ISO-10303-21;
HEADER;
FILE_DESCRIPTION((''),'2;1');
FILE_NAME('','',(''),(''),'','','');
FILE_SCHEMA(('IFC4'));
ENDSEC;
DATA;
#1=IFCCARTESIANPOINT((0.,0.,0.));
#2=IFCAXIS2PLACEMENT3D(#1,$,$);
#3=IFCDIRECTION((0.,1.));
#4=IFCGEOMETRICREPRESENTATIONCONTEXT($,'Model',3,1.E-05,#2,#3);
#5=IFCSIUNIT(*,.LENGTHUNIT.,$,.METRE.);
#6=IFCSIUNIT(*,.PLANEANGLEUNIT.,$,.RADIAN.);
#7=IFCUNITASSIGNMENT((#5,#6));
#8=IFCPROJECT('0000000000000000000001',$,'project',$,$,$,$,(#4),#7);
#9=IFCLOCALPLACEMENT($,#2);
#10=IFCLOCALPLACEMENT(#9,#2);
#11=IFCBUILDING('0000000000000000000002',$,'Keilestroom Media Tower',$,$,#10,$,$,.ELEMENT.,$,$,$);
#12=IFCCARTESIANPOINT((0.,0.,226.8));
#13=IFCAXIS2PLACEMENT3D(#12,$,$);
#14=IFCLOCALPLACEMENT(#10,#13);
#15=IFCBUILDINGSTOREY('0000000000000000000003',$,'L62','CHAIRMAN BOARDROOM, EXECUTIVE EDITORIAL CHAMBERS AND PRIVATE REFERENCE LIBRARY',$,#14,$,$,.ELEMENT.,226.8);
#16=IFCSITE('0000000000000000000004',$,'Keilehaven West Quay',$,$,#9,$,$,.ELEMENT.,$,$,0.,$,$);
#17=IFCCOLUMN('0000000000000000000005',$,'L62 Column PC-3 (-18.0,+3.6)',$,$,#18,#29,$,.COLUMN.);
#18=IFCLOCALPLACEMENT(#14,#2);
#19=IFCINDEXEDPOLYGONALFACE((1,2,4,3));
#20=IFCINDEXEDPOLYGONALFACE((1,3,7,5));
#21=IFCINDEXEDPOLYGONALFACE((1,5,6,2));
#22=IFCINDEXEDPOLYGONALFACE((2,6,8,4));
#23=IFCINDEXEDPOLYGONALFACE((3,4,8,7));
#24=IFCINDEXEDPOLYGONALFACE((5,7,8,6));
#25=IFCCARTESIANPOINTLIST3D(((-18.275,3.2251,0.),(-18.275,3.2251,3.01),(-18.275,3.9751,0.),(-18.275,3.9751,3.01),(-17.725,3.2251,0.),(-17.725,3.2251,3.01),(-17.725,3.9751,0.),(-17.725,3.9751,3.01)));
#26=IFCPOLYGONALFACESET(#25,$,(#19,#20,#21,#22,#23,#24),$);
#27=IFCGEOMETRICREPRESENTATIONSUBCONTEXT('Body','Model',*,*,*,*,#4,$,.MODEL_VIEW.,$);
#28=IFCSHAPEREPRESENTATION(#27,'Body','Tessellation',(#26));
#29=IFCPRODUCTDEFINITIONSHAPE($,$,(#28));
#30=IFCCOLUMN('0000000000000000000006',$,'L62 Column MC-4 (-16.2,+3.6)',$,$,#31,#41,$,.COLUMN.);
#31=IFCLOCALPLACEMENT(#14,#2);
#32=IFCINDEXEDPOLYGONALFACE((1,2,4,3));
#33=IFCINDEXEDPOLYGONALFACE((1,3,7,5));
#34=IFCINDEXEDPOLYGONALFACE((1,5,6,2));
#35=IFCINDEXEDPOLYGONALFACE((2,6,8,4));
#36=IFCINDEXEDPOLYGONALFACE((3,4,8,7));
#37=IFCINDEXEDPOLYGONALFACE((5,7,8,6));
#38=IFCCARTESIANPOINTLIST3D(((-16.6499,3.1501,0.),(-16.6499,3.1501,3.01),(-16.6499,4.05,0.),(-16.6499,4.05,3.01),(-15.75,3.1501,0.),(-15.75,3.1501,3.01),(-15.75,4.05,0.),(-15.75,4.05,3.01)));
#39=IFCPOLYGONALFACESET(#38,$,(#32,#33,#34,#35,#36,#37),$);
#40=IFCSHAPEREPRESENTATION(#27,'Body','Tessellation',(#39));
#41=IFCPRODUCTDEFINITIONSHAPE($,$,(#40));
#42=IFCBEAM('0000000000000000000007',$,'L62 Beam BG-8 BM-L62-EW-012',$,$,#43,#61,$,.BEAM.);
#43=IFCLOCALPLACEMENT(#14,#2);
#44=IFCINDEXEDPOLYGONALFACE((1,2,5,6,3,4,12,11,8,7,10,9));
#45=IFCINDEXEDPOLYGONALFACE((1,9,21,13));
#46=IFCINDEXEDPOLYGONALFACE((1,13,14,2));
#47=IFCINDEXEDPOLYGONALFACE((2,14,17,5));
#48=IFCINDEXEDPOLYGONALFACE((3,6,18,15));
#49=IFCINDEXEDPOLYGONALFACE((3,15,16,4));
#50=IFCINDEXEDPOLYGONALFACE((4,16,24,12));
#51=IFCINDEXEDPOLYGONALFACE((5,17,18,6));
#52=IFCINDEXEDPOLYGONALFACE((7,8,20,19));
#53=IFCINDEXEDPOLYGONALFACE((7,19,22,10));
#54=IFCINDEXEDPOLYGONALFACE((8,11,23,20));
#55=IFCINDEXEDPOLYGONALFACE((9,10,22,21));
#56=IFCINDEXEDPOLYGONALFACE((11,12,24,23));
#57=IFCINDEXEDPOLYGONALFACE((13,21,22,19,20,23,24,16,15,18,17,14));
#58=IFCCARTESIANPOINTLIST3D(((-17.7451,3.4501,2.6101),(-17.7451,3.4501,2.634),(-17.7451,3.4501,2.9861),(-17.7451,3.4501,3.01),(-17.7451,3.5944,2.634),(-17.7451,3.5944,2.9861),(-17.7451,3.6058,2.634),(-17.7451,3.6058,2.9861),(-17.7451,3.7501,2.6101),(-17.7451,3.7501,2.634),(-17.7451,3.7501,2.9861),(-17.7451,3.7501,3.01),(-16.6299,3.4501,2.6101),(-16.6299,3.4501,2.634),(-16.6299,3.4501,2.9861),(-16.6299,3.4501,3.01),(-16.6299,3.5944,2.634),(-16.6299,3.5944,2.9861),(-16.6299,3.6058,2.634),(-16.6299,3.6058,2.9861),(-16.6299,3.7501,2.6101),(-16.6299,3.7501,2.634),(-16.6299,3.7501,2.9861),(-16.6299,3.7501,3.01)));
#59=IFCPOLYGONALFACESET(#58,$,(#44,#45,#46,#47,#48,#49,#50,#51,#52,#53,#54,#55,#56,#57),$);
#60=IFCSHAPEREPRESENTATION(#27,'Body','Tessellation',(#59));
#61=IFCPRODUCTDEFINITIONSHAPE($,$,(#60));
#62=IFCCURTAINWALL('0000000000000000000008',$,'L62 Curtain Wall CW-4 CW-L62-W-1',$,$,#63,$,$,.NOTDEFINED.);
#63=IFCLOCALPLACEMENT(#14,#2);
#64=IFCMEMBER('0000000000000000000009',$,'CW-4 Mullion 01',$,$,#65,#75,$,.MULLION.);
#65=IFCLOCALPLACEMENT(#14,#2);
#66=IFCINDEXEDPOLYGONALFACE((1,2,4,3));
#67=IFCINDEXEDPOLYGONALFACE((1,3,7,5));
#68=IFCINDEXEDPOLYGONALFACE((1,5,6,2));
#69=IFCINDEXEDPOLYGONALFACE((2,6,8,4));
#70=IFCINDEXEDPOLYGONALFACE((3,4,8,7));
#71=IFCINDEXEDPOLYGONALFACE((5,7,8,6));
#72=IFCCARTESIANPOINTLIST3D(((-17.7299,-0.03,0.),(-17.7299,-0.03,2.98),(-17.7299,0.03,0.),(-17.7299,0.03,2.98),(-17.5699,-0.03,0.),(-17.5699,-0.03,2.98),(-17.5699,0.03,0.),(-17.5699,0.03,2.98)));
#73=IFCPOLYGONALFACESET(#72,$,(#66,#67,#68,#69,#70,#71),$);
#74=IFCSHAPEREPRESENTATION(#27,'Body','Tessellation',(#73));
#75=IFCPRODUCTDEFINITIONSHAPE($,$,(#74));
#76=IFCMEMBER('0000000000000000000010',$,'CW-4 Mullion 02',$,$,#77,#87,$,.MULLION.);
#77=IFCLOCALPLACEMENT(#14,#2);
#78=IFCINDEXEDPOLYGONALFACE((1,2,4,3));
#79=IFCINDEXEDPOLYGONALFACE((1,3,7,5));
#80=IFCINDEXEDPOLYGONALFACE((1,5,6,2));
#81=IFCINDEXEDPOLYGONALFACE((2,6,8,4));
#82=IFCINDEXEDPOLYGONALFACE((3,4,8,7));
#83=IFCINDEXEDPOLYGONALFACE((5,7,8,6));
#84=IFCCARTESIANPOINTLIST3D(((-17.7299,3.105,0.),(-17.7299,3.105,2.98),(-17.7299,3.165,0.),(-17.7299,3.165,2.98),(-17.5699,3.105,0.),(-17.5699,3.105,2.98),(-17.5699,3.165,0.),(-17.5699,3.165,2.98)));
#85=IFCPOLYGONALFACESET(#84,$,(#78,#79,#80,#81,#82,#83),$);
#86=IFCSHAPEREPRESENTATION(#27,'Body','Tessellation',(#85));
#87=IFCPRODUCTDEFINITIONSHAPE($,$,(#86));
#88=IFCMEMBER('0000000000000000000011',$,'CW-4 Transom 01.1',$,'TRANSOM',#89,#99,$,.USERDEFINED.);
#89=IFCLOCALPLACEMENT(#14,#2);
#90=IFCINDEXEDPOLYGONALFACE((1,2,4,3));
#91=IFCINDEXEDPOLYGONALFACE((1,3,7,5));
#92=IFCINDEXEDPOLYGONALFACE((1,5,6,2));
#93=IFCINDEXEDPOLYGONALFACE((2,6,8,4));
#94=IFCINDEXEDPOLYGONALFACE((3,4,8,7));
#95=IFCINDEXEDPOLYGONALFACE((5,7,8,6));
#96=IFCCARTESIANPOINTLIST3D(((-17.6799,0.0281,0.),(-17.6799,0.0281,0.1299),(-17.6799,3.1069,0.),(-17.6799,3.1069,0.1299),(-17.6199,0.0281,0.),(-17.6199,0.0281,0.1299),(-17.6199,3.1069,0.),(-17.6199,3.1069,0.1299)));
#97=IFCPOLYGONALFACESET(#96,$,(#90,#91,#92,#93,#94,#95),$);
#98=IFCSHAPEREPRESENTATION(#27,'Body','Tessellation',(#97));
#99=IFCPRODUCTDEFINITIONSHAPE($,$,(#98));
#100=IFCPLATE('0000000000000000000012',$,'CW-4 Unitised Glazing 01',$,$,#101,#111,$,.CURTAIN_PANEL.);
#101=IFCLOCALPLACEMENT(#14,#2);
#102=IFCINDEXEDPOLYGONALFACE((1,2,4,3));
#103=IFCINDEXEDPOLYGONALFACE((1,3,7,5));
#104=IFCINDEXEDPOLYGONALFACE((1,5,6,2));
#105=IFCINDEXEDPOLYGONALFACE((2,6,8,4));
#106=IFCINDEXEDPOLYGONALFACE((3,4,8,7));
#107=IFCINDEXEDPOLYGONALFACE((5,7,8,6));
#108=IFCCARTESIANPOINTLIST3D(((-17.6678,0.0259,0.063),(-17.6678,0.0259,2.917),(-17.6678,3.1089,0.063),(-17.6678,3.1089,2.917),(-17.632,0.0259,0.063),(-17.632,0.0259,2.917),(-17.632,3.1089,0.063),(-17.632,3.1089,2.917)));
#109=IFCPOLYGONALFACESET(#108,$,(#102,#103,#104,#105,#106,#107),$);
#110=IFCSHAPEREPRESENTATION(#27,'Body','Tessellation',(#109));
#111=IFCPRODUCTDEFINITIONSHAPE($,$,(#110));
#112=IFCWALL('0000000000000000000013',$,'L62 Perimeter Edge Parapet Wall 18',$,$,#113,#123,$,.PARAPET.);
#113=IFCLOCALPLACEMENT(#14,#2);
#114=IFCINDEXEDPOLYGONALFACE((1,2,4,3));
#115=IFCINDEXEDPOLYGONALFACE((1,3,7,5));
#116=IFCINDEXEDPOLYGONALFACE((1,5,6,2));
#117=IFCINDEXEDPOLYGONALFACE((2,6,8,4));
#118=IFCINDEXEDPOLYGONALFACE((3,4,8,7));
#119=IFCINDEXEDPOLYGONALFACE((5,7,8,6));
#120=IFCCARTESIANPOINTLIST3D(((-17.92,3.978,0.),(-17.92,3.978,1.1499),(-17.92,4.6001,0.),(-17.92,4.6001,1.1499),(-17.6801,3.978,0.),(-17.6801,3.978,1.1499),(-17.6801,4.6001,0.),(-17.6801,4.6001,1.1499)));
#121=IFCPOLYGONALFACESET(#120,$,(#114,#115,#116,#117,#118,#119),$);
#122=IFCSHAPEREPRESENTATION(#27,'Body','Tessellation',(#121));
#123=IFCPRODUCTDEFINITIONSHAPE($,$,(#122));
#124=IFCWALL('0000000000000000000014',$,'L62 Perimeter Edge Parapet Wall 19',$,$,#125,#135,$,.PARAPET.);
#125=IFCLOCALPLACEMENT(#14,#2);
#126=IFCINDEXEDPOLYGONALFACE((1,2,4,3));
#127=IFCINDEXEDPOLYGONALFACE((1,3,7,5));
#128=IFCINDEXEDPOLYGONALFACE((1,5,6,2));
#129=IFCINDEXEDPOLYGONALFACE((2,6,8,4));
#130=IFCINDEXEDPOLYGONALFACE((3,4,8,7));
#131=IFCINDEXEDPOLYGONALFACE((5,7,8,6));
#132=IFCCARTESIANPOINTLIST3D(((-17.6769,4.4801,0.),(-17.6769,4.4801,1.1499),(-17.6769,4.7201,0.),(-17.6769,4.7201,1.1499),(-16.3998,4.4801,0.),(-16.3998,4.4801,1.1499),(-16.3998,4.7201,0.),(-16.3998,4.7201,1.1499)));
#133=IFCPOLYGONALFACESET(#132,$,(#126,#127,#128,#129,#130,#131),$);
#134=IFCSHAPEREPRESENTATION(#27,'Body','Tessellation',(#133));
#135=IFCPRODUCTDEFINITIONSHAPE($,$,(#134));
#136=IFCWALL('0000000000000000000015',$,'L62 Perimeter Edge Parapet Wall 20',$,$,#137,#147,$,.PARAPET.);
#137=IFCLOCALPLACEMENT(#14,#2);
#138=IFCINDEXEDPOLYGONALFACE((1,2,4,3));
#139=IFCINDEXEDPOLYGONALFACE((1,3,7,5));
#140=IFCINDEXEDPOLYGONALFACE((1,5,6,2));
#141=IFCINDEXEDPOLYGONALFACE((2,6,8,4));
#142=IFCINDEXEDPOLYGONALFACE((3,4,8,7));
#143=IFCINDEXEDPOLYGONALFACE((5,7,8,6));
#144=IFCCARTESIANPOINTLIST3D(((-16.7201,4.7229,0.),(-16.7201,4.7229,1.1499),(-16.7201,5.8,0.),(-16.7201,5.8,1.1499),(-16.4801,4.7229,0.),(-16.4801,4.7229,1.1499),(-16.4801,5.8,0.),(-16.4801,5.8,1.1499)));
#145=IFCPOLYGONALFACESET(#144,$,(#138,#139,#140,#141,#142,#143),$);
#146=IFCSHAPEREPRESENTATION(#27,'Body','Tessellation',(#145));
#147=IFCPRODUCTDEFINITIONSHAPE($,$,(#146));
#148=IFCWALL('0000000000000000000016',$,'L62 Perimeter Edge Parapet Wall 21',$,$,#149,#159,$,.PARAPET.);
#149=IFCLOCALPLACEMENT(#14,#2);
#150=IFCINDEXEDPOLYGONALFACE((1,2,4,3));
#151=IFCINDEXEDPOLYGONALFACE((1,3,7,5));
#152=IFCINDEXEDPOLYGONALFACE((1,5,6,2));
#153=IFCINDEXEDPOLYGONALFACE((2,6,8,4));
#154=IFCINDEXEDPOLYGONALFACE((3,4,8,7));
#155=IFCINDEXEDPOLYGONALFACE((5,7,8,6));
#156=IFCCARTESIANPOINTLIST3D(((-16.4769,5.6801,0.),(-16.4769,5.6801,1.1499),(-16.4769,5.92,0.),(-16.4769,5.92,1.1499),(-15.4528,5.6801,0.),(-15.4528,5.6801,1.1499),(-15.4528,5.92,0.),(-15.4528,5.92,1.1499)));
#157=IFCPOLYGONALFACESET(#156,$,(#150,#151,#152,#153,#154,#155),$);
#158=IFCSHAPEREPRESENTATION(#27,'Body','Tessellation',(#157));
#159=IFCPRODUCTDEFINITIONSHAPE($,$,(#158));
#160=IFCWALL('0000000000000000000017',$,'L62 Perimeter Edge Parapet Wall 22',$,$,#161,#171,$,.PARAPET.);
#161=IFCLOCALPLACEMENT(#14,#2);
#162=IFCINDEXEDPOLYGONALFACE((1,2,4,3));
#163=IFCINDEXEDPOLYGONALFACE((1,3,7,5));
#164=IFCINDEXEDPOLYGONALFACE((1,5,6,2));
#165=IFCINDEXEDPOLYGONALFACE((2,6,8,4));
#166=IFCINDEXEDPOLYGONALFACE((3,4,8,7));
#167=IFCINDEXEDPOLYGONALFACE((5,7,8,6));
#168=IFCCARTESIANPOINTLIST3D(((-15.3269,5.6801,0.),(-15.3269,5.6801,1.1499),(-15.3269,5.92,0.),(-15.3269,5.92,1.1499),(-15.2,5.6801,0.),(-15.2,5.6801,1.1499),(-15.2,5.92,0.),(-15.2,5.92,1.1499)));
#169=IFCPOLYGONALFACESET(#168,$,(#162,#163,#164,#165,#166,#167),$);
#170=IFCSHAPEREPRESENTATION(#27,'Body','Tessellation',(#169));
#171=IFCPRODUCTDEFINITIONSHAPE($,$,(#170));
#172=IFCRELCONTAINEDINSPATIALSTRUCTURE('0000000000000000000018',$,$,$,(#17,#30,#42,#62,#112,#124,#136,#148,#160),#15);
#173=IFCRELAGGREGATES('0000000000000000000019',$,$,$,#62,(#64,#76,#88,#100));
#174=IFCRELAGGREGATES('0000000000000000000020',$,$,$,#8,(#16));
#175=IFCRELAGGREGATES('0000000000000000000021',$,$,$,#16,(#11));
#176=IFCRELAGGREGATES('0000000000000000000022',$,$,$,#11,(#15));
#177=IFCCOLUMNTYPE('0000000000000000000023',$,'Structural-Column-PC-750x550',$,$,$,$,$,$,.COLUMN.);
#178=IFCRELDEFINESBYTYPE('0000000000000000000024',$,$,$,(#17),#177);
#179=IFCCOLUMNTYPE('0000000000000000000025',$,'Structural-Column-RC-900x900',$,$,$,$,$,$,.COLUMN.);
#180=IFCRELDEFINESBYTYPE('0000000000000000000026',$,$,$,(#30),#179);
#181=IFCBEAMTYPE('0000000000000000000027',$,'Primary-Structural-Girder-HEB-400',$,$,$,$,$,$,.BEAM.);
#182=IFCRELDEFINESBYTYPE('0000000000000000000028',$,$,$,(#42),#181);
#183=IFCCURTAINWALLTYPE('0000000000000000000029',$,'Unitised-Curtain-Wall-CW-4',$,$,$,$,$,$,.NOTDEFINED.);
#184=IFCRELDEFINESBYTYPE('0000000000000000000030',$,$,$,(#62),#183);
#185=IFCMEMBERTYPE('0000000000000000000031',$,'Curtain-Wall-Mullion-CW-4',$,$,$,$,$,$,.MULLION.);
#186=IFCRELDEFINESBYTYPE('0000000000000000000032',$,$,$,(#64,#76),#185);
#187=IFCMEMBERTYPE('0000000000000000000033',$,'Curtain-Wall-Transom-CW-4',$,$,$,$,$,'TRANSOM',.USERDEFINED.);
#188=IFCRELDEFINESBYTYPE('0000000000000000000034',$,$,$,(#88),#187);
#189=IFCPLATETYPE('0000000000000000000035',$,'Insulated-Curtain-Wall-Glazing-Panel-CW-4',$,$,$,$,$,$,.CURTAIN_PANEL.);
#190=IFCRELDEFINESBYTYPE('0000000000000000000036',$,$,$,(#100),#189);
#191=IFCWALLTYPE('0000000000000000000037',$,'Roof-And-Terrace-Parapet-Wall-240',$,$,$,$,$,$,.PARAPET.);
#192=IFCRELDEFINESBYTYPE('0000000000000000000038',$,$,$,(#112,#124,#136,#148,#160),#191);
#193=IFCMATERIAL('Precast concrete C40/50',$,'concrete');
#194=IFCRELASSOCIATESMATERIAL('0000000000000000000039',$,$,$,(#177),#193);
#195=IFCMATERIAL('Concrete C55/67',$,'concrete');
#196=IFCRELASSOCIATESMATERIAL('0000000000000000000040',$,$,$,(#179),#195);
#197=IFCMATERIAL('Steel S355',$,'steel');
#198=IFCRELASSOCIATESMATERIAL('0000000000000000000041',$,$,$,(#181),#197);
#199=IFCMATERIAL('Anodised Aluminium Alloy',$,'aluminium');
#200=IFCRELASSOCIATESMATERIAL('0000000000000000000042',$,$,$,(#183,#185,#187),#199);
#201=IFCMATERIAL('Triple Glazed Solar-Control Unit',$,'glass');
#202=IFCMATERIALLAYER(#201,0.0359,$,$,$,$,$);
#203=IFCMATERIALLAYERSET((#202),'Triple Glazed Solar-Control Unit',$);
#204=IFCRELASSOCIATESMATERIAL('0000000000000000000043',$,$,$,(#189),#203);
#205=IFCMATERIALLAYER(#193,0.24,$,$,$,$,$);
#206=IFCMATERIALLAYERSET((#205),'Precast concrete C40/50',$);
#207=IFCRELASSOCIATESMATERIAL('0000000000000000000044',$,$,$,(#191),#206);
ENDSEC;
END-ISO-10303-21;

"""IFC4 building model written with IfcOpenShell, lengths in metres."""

from ifc_helpers import new_model, si_unit, direction, frame, frame_2d, origin, origin_2d, place, context, subcontext, project, spatial, rectangle, i_section, extrude, source, transform, mapped, material, layer, layer_set, material_profile, profile_set, type_object, element, aggregate, save


model = new_model("IFC4")

# Units and contexts
model_context = context("Model", 3, precision=1e-05, world=origin(), true_north=direction((0.0, 1.0)))
body_context = subcontext(model_context, "Body", "Model", "MODEL_VIEW")
ifc_project = project(units=[si_unit("LENGTHUNIT", "METRE"), si_unit("PLANEANGLEUNIT", "RADIAN")], contexts=[model_context])

# Site, building, storey
site_placement = place(None, origin())
site = spatial("IfcSite", under=ifc_project, at=site_placement, Name="Keilehaven West Quay", CompositionType="ELEMENT", RefElevation=0.0)
building_placement = place(site_placement, origin())
building = spatial("IfcBuilding", under=site, at=building_placement, Name="Keilestroom Media Tower", CompositionType="ELEMENT")
storey_placement = place(building_placement, frame((0.0, 0.0, 226.8)))
storey = spatial("IfcBuildingStorey", under=building, at=storey_placement, Name="L62", Description="CHAIRMAN BOARDROOM, EXECUTIVE EDITORIAL CHAMBERS AND PRIVATE REFERENCE LIBRARY", CompositionType="ELEMENT", Elevation=226.8)

# Columns
ifc_material_1 = material(Name="Precast concrete C40/50", Category="concrete")
ifc_material_profile_1 = material_profile(ifc_material_1, rectangle(XDim=0.55, YDim=0.75, at=origin_2d()), Name="PC 750x550")
ifc_profile_set_1 = profile_set([ifc_material_profile_1], Name="Precast concrete C40/50")
column_type_1 = type_object("IfcColumnType", Name="Structural-Column-PC-750x550", PredefinedType="COLUMN", material=ifc_profile_set_1)
shared_shape_1 = source(origin(), body_context, "Body", "SweptSolid", [
    extrude(rectangle(XDim=0.55, YDim=0.75, at=origin_2d()), origin(), (0.0, 0.0, 1.0), 3.01),
])
column_1_placement = place(storey_placement, frame((-18.0, 3.6001, 0.0), z_axis=(0.0, 0.0, 1.0), x_axis=(1.0, 0.0, 0.0)))
element("IfcColumn", 1, at=column_1_placement, inside=storey, type_object=column_type_1, Name="L62 Column PC-3 (-18.0,+3.6)", PredefinedType="COLUMN", context=body_context, shape_type="MappedRepresentation", body=[
    mapped(shared_shape_1, transform((0.0, 0.0, 0.0), x_axis=(1.0, 0.0, 0.0), y_axis=(0.0, 1.0, 0.0), z_axis=(0.0, 0.0, 1.0), scale=1.0)),
])
ifc_material_2 = material(Name="Concrete C55/67", Category="concrete")
ifc_material_profile_2 = material_profile(ifc_material_2, rectangle(XDim=0.8999, YDim=0.8999, at=origin_2d()), Name="RC 900x900")
ifc_profile_set_2 = profile_set([ifc_material_profile_2], Name="Concrete C55/67")
column_type_2 = type_object("IfcColumnType", Name="Structural-Column-RC-900x900", PredefinedType="COLUMN", material=ifc_profile_set_2)
shared_shape_2 = source(origin(), body_context, "Body", "SweptSolid", [
    extrude(rectangle(XDim=0.8999, YDim=0.8999, at=origin_2d()), origin(), (0.0, 0.0, 1.0), 3.01),
])
column_2_placement = place(storey_placement, frame((-16.2, 3.6001, 0.0), z_axis=(0.0, 0.0, 1.0), x_axis=(1.0, 0.0, 0.0)))
element("IfcColumn", 2, at=column_2_placement, inside=storey, type_object=column_type_2, Name="L62 Column MC-4 (-16.2,+3.6)", PredefinedType="COLUMN", context=body_context, shape_type="MappedRepresentation", body=[
    mapped(shared_shape_2, transform((0.0, 0.0, 0.0), x_axis=(1.0, 0.0, 0.0), y_axis=(0.0, 1.0, 0.0), z_axis=(0.0, 0.0, 1.0), scale=1.0)),
])

# Beam
ifc_material_3 = material(Name="Steel S355", Category="steel")
ifc_material_profile_3 = material_profile(ifc_material_3, i_section(OverallWidth=0.3, OverallDepth=0.3999, WebThickness=0.0115, FlangeThickness=0.0239, at=origin_2d()), Name="HEB 400")
ifc_profile_set_3 = profile_set([ifc_material_profile_3], Name="Steel S355")
beam_type = type_object("IfcBeamType", Name="Primary-Structural-Girder-HEB-400", PredefinedType="BEAM", material=ifc_profile_set_3)
shared_shape_3 = source(origin(), body_context, "Body", "SweptSolid", [
    extrude(i_section(OverallWidth=0.3, OverallDepth=0.3999, WebThickness=0.0115, FlangeThickness=0.0239, at=origin_2d()), origin(), (0.0, 0.0, 1.0), 1.1152),
])
beam_placement = place(storey_placement, frame((-17.7451, 3.6001, 2.8101), z_axis=(1.0, 0.0, 0.0), x_axis=(0.0, 1.0, 0.0)))
element("IfcBeam", 3, at=beam_placement, inside=storey, type_object=beam_type, Name="L62 Beam BG-8 BM-L62-EW-012", PredefinedType="BEAM", context=body_context, shape_type="MappedRepresentation", body=[
    mapped(shared_shape_3, transform((0.0, 0.0, 0.0), x_axis=(1.0, 0.0, 0.0), y_axis=(0.0, 1.0, 0.0), z_axis=(0.0, 0.0, 1.0), scale=1.0)),
])

# Curtain wall, members, plate
ifc_material_4 = material(Name="Anodised Aluminium Alloy", Category="aluminium")
curtain_wall_type = type_object("IfcCurtainWallType", Name="Unitised-Curtain-Wall-CW-4", PredefinedType="NOTDEFINED", material=ifc_material_4)
curtain_wall_placement = place(storey_placement, origin())
curtain_wall = element("IfcCurtainWall", 4, at=curtain_wall_placement, inside=storey, type_object=curtain_wall_type, Name="L62 Curtain Wall CW-4 CW-L62-W-1", PredefinedType="NOTDEFINED")
ifc_material_profile_4 = material_profile(ifc_material_4, rectangle(XDim=0.0601, YDim=0.1599, at=origin_2d()), Name="ALU MULLION 60x160")
ifc_profile_set_4 = profile_set([ifc_material_profile_4], Name="Anodised Aluminium Alloy")
member_type_1 = type_object("IfcMemberType", Name="Curtain-Wall-Mullion-CW-4", PredefinedType="MULLION", material=ifc_profile_set_4)
shared_shape_4 = source(origin(), body_context, "Body", "SweptSolid", [
    extrude(rectangle(XDim=0.0601, YDim=0.1599, at=origin_2d()), origin(), (0.0, 0.0, 1.0), 2.98),
])
member_1_placement = place(storey_placement, frame((-17.6499, 0.0, 0.0), z_axis=(0.0, 0.0, 1.0), x_axis=(0.0, 1.0, 0.0)))
member_1 = element("IfcMember", 5, at=member_1_placement, type_object=member_type_1, Name="CW-4 Mullion 01", PredefinedType="MULLION", context=body_context, shape_type="MappedRepresentation", body=[
    mapped(shared_shape_4, transform((0.0, 0.0, 0.0), x_axis=(1.0, 0.0, 0.0), y_axis=(0.0, 1.0, 0.0), z_axis=(0.0, 0.0, 1.0), scale=1.0)),
])
member_2_placement = place(storey_placement, frame((-17.6499, 3.135, 0.0), z_axis=(0.0, 0.0, 1.0), x_axis=(0.0, 1.0, 0.0)))
member_2 = element("IfcMember", 6, at=member_2_placement, type_object=member_type_1, Name="CW-4 Mullion 02", PredefinedType="MULLION", context=body_context, shape_type="MappedRepresentation", body=[
    mapped(shared_shape_4, transform((0.0, 0.0, 0.0), x_axis=(1.0, 0.0, 0.0), y_axis=(0.0, 1.0, 0.0), z_axis=(0.0, 0.0, 1.0), scale=1.0)),
])
ifc_material_profile_5 = material_profile(ifc_material_4, rectangle(XDim=0.0601, YDim=0.1299, at=origin_2d()), Name="ALU TRANSOM 60x130")
ifc_profile_set_5 = profile_set([ifc_material_profile_5], Name="Anodised Aluminium Alloy")
member_type_2 = type_object("IfcMemberType", Name="Curtain-Wall-Transom-CW-4", ElementType="TRANSOM", PredefinedType="USERDEFINED", material=ifc_profile_set_5)
shared_shape_5 = source(origin(), body_context, "Body", "SweptSolid", [
    extrude(rectangle(XDim=0.0601, YDim=0.1299, at=origin_2d()), origin(), (0.0, 0.0, 1.0), 3.0789),
])
member_3_placement = place(storey_placement, frame((-17.6499, 0.0281, 0.0649), z_axis=(0.0, 1.0, 0.0), x_axis=(-1.0, 0.0, 0.0)))
member_3 = element("IfcMember", 7, at=member_3_placement, type_object=member_type_2, Name="CW-4 Transom 01.1", ObjectType="TRANSOM", PredefinedType="USERDEFINED", context=body_context, shape_type="MappedRepresentation", body=[
    mapped(shared_shape_5, transform((0.0, 0.0, 0.0), x_axis=(1.0, 0.0, 0.0), y_axis=(0.0, 1.0, 0.0), z_axis=(0.0, 0.0, 1.0), scale=1.0)),
])
ifc_material_5 = material(Name="Triple Glazed Solar-Control Unit", Category="glass")
ifc_layer_1 = layer(ifc_material_5, 0.0359)
ifc_layer_set_1 = layer_set([ifc_layer_1], Name="Triple Glazed Solar-Control Unit")
plate_type = type_object("IfcPlateType", Name="Insulated-Curtain-Wall-Glazing-Panel-CW-4", PredefinedType="CURTAIN_PANEL", material=ifc_layer_set_1)
shared_shape_6 = source(origin(), body_context, "Body", "SweptSolid", [
    extrude(rectangle(XDim=3.083, YDim=0.0359, at=origin_2d()), origin(), (0.0, 0.0, 1.0), 2.854),
])
plate_placement = place(storey_placement, frame((-17.6499, 1.5674, 0.063), z_axis=(0.0, 0.0, 1.0), x_axis=(0.0, 1.0, 0.0)))
plate = element("IfcPlate", 8, at=plate_placement, type_object=plate_type, Name="CW-4 Unitised Glazing 01", PredefinedType="CURTAIN_PANEL", context=body_context, shape_type="MappedRepresentation", body=[
    mapped(shared_shape_6, transform((0.0, 0.0, 0.0), x_axis=(1.0, 0.0, 0.0), y_axis=(0.0, 1.0, 0.0), z_axis=(0.0, 0.0, 1.0), scale=1.0)),
])
aggregate(curtain_wall, [member_1, member_2, member_3, plate])

# Walls
ifc_layer_2 = layer(ifc_material_1, 0.24)
ifc_layer_set_2 = layer_set([ifc_layer_2], Name="Precast concrete C40/50")
wall_type = type_object("IfcWallType", Name="Roof-And-Terrace-Parapet-Wall-240", PredefinedType="PARAPET", material=ifc_layer_set_2)
wall_1_placement = place(storey_placement, frame((-17.8, 3.978, 0.0), z_axis=(0.0, 0.0, 1.0), x_axis=(0.0, 1.0, 0.0)))
element("IfcWall", 9, at=wall_1_placement, inside=storey, type_object=wall_type, Name="L62 Perimeter Edge Parapet Wall 18", PredefinedType="PARAPET", context=body_context, shape_type="SweptSolid", body=[
    extrude(rectangle(XDim=0.6221, YDim=0.24, at=frame_2d((0.311, 0.0))), origin(), (0.0, 0.0, 1.0), 1.1499),
])
wall_2_placement = place(storey_placement, frame((-17.677, 4.6001, 0.0), z_axis=(0.0, 0.0, 1.0), x_axis=(1.0, 0.0, 0.0)))
element("IfcWall", 10, at=wall_2_placement, inside=storey, type_object=wall_type, Name="L62 Perimeter Edge Parapet Wall 19", PredefinedType="PARAPET", context=body_context, shape_type="SweptSolid", body=[
    extrude(rectangle(XDim=1.2771, YDim=0.24, at=frame_2d((0.6387, 0.0))), origin(), (0.0, 0.0, 1.0), 1.1499),
])
wall_3_placement = place(storey_placement, frame((-16.6001, 4.7229, 0.0), z_axis=(0.0, 0.0, 1.0), x_axis=(0.0, 1.0, 0.0)))
element("IfcWall", 11, at=wall_3_placement, inside=storey, type_object=wall_type, Name="L62 Perimeter Edge Parapet Wall 20", PredefinedType="PARAPET", context=body_context, shape_type="SweptSolid", body=[
    extrude(rectangle(XDim=1.0771, YDim=0.24, at=frame_2d((0.5386, 0.0))), origin(), (0.0, 0.0, 1.0), 1.1499),
])
wall_4_placement = place(storey_placement, frame((-16.4771, 5.8, 0.0), z_axis=(0.0, 0.0, 1.0), x_axis=(1.0, 0.0, 0.0)))
element("IfcWall", 12, at=wall_4_placement, inside=storey, type_object=wall_type, Name="L62 Perimeter Edge Parapet Wall 21", PredefinedType="PARAPET", context=body_context, shape_type="SweptSolid", body=[
    extrude(rectangle(XDim=1.0242, YDim=0.24, at=frame_2d((0.5122, 0.0))), origin(), (0.0, 0.0, 1.0), 1.1499),
])
wall_5_placement = place(storey_placement, frame((-15.3269, 5.8, 0.0), z_axis=(0.0, 0.0, 1.0), x_axis=(1.0, 0.0, 0.0)))
element("IfcWall", 13, at=wall_5_placement, inside=storey, type_object=wall_type, Name="L62 Perimeter Edge Parapet Wall 22", PredefinedType="PARAPET", context=body_context, shape_type="SweptSolid", body=[
    extrude(rectangle(XDim=0.127, YDim=0.24, at=frame_2d((0.0635, 0.0))), origin(), (0.0, 0.0, 1.0), 1.1499),
])

save(model, "model.ifc")
